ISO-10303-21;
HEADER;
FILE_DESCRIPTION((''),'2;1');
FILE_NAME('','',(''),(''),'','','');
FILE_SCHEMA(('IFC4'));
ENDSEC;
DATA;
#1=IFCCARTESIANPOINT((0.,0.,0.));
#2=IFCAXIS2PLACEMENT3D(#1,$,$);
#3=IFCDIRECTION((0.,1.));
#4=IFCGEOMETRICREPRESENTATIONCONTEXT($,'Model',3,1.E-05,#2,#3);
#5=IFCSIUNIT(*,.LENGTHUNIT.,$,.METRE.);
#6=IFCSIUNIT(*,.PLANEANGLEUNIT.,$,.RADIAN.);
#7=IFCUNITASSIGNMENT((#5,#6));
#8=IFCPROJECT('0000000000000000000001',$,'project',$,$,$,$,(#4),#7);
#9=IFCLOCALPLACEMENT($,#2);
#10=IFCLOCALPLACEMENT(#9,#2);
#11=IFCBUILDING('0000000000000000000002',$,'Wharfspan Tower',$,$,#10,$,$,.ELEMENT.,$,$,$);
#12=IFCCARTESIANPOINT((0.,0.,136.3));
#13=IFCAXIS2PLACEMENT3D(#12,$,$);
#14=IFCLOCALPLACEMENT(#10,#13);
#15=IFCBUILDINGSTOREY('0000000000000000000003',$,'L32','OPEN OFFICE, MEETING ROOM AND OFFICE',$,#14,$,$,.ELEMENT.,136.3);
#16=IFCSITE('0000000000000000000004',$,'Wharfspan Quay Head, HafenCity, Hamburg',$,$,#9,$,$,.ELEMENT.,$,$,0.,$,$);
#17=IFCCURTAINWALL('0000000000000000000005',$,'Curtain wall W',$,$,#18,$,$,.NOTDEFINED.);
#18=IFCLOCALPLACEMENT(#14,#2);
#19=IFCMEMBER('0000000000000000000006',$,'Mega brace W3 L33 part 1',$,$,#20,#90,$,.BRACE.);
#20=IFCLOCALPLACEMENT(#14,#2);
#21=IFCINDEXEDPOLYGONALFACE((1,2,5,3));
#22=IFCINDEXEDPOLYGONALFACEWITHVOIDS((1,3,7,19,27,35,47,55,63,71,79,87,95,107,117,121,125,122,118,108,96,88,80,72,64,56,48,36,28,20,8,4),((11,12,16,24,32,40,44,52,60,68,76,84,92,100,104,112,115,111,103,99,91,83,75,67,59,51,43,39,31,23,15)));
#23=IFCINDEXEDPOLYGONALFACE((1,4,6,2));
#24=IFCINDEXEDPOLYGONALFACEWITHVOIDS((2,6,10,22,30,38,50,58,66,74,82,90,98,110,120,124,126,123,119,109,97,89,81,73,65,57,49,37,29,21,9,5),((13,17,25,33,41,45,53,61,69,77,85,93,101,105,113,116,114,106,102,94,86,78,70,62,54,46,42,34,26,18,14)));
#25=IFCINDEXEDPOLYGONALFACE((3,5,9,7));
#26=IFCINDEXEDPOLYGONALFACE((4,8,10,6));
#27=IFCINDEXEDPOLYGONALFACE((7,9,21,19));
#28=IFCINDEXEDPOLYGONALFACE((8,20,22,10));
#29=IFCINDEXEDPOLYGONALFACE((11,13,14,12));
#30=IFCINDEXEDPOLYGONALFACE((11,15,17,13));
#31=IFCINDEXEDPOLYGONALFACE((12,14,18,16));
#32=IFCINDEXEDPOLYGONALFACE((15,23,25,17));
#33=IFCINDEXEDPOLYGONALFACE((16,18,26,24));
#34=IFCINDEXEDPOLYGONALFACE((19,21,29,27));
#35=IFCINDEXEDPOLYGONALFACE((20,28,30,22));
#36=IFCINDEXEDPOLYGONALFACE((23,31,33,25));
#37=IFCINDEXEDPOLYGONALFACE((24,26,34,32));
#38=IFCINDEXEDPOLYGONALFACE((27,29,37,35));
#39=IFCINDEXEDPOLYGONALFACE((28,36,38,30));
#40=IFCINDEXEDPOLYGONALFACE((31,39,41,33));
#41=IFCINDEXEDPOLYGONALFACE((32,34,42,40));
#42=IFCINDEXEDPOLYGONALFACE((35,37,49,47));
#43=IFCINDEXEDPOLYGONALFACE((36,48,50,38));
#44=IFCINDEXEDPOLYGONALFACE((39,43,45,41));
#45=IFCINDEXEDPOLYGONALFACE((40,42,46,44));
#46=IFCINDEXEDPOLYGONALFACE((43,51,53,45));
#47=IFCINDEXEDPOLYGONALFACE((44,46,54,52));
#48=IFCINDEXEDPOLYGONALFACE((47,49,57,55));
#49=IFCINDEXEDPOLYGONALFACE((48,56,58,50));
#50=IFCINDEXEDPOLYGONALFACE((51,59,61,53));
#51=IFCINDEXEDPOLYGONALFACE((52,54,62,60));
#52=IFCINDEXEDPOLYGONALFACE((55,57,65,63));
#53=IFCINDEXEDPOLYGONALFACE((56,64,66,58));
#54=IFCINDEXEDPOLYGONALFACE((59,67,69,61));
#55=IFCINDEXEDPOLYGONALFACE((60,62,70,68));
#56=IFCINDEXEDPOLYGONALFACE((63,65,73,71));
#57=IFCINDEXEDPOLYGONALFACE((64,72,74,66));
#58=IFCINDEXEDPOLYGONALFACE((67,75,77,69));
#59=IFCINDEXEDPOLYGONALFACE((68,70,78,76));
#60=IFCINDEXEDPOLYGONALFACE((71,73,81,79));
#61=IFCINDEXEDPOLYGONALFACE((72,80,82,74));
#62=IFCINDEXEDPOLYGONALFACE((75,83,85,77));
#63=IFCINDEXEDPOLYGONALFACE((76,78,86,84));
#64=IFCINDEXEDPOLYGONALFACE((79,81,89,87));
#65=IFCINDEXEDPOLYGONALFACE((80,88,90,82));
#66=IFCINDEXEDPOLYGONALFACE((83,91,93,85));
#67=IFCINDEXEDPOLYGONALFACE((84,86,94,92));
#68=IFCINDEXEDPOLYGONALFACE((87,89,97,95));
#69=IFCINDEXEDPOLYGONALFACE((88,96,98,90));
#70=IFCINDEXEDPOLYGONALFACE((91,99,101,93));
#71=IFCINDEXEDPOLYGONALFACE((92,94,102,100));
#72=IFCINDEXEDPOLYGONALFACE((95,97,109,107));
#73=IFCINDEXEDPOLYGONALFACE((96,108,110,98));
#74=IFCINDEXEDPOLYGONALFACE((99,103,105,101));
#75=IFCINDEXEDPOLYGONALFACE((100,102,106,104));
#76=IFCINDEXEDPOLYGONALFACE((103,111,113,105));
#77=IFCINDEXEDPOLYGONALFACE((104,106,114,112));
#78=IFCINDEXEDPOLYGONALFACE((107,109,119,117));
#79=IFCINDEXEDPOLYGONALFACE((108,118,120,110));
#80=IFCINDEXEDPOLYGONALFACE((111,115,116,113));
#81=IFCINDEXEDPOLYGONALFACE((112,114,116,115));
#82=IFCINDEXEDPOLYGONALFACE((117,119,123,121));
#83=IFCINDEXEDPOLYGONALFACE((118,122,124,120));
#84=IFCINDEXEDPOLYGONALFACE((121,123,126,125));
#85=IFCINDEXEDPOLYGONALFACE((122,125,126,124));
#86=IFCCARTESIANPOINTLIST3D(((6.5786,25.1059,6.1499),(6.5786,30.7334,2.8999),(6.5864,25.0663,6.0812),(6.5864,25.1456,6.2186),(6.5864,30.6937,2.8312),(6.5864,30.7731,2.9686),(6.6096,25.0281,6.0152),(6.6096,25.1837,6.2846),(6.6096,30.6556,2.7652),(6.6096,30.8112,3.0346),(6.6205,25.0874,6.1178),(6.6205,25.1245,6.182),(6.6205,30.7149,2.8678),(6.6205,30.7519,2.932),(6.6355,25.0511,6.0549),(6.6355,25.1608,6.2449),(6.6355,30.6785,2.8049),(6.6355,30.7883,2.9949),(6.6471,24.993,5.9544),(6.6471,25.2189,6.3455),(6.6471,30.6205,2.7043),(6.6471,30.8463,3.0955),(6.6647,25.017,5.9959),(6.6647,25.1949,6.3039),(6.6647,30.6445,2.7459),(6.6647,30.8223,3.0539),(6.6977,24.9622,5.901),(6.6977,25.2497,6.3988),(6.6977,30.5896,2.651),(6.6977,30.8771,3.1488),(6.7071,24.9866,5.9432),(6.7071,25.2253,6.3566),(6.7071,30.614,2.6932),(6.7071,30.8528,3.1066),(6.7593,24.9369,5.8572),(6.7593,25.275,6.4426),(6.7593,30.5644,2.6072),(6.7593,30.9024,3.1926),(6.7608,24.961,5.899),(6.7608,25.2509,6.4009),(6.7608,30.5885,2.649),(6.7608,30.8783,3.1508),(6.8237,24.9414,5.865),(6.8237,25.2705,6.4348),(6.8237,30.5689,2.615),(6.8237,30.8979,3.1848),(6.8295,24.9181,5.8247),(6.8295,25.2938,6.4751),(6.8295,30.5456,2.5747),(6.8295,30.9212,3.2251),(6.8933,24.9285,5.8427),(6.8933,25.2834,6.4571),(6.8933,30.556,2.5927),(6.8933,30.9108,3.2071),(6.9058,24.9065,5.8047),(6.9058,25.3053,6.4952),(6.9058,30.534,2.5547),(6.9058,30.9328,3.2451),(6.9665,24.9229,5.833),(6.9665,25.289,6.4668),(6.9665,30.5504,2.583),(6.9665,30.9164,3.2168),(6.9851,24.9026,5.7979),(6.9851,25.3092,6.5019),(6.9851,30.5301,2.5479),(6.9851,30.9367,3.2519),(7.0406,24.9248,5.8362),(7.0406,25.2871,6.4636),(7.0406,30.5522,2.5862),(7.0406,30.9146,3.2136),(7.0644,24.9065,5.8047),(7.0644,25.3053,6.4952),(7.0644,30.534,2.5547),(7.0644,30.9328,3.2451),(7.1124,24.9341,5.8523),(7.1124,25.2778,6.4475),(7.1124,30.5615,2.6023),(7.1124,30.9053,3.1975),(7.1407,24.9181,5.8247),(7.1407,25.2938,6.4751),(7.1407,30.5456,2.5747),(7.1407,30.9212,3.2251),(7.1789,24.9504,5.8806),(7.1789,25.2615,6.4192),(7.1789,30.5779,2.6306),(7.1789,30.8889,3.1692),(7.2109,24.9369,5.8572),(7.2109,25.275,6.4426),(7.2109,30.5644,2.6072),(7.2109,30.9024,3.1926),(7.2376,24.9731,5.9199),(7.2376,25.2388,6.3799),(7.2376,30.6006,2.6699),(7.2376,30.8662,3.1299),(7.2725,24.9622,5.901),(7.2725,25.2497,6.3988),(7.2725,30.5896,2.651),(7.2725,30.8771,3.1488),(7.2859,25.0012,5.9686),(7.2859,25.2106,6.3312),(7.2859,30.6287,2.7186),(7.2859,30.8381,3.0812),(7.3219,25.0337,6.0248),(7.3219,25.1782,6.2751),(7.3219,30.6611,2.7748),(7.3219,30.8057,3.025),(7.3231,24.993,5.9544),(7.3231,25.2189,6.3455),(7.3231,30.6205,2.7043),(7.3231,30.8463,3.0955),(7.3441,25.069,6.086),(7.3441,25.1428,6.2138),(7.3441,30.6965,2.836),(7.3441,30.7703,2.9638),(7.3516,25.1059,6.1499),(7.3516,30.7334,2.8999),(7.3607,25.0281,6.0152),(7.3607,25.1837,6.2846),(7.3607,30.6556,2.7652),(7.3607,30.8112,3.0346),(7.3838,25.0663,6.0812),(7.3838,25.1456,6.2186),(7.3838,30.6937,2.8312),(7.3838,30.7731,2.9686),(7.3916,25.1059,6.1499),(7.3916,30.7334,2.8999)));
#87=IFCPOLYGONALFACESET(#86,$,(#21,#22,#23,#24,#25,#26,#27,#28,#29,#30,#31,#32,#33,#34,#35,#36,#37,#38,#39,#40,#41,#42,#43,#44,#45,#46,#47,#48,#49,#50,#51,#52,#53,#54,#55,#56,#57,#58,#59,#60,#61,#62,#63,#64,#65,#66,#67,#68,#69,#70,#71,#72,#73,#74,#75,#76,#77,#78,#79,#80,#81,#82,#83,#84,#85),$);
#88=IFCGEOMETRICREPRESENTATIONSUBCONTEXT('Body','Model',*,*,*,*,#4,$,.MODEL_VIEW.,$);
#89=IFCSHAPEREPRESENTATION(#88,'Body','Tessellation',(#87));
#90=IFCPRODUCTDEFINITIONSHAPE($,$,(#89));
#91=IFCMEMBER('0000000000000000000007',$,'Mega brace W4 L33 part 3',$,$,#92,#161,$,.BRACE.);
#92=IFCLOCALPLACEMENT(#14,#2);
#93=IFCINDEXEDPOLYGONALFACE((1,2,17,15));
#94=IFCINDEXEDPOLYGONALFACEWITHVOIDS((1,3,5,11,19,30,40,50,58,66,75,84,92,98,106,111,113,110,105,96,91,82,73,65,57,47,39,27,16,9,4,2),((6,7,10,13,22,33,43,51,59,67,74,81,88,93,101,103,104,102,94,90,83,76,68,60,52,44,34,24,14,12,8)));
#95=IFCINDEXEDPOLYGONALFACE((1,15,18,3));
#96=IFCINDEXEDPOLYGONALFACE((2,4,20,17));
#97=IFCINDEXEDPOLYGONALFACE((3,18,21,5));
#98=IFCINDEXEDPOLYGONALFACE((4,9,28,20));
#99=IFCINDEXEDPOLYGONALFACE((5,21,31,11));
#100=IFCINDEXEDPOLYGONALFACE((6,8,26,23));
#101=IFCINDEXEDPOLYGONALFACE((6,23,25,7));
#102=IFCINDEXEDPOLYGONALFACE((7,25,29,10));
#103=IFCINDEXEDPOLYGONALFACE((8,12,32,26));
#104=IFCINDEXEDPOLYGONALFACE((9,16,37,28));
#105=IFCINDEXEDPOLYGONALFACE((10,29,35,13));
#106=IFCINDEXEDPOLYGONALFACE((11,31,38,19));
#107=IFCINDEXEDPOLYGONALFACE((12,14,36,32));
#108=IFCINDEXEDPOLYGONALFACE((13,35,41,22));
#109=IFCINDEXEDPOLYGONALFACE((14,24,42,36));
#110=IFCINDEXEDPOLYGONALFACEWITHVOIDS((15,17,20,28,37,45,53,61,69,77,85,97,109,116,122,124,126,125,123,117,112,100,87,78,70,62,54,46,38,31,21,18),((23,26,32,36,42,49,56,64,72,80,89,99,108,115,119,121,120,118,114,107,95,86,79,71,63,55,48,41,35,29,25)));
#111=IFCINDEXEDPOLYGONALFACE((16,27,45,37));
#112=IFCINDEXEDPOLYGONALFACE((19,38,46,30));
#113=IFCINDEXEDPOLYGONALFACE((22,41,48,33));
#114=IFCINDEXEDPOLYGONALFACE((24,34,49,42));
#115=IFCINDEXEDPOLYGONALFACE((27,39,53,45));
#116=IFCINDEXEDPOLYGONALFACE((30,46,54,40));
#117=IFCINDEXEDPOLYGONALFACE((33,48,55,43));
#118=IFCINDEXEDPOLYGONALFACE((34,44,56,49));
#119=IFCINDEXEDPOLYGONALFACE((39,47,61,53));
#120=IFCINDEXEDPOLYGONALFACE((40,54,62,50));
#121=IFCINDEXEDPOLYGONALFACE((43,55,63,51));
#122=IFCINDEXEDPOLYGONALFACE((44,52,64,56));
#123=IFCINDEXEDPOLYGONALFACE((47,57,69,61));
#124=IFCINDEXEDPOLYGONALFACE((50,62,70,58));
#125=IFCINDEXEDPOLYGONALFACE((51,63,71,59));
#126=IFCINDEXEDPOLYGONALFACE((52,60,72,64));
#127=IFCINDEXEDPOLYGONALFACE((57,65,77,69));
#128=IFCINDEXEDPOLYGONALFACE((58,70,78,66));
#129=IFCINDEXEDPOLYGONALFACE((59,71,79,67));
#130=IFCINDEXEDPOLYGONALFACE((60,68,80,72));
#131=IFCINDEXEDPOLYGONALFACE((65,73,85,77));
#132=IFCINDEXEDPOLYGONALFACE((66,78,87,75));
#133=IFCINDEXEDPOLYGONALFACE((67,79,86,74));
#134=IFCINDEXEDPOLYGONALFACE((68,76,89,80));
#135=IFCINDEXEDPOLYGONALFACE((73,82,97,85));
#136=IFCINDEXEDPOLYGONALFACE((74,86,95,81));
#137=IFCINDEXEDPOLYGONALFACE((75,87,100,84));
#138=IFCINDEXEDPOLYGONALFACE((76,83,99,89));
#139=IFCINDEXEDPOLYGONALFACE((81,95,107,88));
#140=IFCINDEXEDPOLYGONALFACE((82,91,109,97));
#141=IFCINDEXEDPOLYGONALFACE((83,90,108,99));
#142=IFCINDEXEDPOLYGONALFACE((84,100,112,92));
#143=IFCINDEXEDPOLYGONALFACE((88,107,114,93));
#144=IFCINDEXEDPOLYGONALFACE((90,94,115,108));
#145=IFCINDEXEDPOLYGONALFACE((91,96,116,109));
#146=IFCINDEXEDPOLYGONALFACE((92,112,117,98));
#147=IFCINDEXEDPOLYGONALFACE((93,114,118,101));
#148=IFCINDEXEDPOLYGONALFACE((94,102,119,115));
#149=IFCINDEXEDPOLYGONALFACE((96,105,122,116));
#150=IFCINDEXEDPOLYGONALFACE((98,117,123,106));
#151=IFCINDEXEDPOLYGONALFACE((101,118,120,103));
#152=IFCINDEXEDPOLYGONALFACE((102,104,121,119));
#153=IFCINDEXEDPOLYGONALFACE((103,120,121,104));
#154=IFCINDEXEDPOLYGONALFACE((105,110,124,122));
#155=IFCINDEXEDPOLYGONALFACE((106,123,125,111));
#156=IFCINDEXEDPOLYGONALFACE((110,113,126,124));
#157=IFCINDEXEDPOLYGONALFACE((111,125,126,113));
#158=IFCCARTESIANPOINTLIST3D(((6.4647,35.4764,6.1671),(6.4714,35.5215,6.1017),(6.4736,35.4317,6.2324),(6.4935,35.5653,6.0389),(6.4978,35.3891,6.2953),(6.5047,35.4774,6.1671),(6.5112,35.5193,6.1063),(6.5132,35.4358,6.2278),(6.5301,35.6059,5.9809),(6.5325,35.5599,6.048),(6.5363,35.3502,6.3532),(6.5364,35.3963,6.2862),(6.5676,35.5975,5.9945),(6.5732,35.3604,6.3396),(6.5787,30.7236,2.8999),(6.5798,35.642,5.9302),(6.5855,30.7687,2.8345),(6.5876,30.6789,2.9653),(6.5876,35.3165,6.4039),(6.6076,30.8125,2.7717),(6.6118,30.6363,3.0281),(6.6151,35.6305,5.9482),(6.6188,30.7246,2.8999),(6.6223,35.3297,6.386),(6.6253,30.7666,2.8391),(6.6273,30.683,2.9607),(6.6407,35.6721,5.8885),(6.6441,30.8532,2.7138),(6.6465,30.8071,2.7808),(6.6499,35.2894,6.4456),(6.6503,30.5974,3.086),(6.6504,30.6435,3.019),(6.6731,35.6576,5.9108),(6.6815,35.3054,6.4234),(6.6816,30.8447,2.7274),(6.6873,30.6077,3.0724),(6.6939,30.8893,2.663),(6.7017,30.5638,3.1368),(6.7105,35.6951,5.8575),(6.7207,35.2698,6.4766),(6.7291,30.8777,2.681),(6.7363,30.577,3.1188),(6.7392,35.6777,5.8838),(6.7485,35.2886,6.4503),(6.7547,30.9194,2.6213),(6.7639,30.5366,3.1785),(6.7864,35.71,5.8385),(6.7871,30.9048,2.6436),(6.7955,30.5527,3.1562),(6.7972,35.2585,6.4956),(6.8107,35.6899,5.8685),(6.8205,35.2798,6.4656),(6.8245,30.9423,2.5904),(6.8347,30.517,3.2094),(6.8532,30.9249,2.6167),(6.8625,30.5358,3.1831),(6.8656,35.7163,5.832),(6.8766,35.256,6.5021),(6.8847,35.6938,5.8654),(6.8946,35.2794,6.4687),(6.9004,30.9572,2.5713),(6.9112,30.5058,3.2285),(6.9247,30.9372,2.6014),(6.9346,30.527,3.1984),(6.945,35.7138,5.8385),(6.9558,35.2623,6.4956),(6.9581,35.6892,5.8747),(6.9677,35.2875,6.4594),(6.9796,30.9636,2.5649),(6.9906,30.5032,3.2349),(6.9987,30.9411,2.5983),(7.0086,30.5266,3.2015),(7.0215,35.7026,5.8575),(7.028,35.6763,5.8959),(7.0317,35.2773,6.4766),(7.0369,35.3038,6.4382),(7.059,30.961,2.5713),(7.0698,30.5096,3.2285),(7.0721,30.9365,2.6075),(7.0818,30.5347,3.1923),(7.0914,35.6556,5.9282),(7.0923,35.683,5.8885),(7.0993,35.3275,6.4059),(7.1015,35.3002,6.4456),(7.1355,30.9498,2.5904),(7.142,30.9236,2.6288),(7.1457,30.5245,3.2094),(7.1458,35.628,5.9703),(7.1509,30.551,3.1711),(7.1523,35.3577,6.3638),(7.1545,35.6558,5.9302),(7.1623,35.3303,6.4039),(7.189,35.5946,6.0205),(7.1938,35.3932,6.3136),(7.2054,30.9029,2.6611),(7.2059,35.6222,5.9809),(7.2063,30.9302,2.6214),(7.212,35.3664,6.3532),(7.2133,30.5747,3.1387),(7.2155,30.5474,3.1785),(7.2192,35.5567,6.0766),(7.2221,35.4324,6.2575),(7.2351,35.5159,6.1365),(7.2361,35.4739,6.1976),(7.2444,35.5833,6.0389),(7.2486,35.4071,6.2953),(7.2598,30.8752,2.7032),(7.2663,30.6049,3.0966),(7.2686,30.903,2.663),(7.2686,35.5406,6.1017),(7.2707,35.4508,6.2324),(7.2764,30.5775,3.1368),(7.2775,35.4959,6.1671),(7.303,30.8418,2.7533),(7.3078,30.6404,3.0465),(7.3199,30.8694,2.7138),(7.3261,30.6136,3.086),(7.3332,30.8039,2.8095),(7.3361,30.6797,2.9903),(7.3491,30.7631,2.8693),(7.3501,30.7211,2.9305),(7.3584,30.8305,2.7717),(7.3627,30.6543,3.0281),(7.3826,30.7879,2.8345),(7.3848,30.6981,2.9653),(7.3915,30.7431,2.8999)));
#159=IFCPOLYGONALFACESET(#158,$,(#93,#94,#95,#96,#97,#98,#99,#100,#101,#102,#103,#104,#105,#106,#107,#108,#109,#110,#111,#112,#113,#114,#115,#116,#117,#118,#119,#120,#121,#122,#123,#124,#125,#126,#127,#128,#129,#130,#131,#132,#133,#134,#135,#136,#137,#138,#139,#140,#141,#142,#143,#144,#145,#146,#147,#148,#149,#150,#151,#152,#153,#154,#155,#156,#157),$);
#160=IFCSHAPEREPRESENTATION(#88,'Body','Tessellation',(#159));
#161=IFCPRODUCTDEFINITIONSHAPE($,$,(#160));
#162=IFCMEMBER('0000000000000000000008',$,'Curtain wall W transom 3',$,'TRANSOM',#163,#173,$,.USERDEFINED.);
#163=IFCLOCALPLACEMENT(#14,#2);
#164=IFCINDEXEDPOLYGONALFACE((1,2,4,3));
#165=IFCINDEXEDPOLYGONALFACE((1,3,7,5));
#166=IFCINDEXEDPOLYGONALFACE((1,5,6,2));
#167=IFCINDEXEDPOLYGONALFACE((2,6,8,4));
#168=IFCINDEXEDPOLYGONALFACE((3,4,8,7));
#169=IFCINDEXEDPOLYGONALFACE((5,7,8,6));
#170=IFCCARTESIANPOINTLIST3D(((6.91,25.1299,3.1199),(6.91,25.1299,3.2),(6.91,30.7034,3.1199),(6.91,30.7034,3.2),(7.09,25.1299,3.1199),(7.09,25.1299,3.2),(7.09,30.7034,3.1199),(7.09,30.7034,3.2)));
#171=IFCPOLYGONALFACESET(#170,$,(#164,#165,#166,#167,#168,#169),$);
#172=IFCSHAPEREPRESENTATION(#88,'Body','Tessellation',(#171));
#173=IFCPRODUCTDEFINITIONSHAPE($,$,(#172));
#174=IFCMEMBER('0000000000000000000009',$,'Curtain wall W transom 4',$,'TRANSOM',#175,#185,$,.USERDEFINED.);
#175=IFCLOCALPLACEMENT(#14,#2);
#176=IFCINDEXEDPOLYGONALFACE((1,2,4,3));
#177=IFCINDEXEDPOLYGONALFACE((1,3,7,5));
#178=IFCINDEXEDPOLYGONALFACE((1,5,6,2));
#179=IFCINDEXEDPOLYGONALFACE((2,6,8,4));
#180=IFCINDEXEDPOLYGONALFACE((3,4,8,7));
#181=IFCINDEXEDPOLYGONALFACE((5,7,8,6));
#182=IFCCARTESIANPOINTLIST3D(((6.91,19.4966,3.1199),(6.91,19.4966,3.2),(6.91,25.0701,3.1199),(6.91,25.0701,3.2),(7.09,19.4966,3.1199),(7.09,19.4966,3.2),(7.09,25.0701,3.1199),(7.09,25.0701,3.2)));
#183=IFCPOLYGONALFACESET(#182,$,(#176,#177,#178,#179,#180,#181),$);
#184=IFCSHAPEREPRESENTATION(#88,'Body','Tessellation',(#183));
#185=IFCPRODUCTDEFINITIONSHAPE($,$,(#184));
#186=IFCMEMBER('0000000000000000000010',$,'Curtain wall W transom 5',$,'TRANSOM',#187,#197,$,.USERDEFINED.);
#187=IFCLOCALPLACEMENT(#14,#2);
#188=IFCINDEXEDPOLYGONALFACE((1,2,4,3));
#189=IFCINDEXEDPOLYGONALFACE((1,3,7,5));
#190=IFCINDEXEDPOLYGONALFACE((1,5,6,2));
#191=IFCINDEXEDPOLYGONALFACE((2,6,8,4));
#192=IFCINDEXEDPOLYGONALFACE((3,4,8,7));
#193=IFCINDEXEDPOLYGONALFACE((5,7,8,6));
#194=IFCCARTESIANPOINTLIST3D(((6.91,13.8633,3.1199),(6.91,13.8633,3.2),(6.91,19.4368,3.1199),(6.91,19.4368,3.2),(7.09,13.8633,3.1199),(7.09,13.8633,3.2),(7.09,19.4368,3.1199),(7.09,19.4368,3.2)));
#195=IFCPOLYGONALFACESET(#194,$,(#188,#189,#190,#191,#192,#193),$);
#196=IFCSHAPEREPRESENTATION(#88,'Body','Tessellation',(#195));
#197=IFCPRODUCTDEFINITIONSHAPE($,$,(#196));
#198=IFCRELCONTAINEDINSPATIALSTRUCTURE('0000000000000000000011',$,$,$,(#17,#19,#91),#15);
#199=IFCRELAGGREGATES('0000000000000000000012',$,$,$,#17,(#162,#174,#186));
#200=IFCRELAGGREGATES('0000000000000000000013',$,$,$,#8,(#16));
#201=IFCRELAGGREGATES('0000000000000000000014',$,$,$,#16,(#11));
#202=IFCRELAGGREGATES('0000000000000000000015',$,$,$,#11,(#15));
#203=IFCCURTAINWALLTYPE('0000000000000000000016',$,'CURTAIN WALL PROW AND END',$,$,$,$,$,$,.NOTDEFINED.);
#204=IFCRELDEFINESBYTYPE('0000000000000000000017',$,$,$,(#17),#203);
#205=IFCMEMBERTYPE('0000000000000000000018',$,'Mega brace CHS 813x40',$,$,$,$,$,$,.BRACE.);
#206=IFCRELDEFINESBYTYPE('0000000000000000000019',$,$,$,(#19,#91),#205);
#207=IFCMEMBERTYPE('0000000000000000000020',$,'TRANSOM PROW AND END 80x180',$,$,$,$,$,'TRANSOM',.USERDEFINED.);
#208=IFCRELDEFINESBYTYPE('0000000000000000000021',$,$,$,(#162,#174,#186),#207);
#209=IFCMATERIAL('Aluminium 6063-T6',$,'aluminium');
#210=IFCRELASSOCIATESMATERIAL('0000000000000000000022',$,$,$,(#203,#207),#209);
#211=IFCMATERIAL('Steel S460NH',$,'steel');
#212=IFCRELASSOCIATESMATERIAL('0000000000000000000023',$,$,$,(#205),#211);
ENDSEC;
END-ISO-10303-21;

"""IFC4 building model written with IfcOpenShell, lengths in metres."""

from ifc_helpers import new_model, si_unit, direction, frame, origin, origin_2d, place, context, subcontext, project, spatial, rectangle, hollow_circle, extrude, material, material_profile, profile_set, type_object, element, aggregate, save


model = new_model("IFC4")

# Units and contexts
model_context = context("Model", 3, precision=1e-05, world=origin(), true_north=direction((0.0, 1.0)))
body_context = subcontext(model_context, "Body", "Model", "MODEL_VIEW")
ifc_project = project(units=[si_unit("LENGTHUNIT", "METRE"), si_unit("PLANEANGLEUNIT", "RADIAN")], contexts=[model_context])

# Site, building, storey
site_placement = place(None, origin())
site = spatial("IfcSite", under=ifc_project, at=site_placement, Name="Wharfspan Quay Head, HafenCity, Hamburg", CompositionType="ELEMENT", RefElevation=0.0)
building_placement = place(site_placement, origin())
building = spatial("IfcBuilding", under=site, at=building_placement, Name="Wharfspan Tower", CompositionType="ELEMENT")
storey_placement = place(building_placement, frame((0.0, 0.0, 136.3)))
storey = spatial("IfcBuildingStorey", under=building, at=storey_placement, Name="L32", Description="OPEN OFFICE, MEETING ROOM AND OFFICE", CompositionType="ELEMENT", Elevation=136.3)

# Curtain wall
ifc_material_1 = material(Name="Aluminium 6063-T6", Category="aluminium")
curtain_wall_type = type_object("IfcCurtainWallType", Name="CURTAIN WALL PROW AND END", PredefinedType="NOTDEFINED", material=ifc_material_1)
curtain_wall_placement = place(storey_placement, origin())
curtain_wall = element("IfcCurtainWall", 1, at=curtain_wall_placement, inside=storey, type_object=curtain_wall_type, Name="Curtain wall W", PredefinedType="NOTDEFINED")

# Members
ifc_material_2 = material(Name="Steel S460NH", Category="steel")
ifc_material_profile_1 = material_profile(ifc_material_2, hollow_circle(Radius=0.4065, WallThickness=0.04, at=origin_2d()))
ifc_profile_set_1 = profile_set([ifc_material_profile_1], Name="Steel S460NH")
member_type_1 = type_object("IfcMemberType", Name="Mega brace CHS 813x40", PredefinedType="BRACE", material=ifc_profile_set_1)
member_1_placement = place(storey_placement, frame((6.9851, 30.7334, 2.8999), z_axis=(0.0, -0.865959, 0.500115), x_axis=(1.0, 0.0, 0.0)))
element("IfcMember", 2, at=member_1_placement, inside=storey, type_object=member_type_1, Name="Mega brace W3 L33 part 1", PredefinedType="BRACE", context=body_context, shape_type="SweptSolid", body=[
    extrude(hollow_circle(Radius=0.4065, WallThickness=0.04, at=origin_2d()), origin(), (0.0, 0.0, 1.0), 6.4985),
])
member_2_placement = place(storey_placement, frame((6.9851, 30.7334, 2.8999), z_axis=(-0.019765, 0.823912, 0.566373), x_axis=(-0.999715, -0.023981, -0.000002)))
element("IfcMember", 3, at=member_2_placement, inside=storey, type_object=member_type_1, Name="Mega brace W4 L33 part 3", PredefinedType="BRACE", context=body_context, shape_type="SweptSolid", body=[
    extrude(hollow_circle(Radius=0.4065, WallThickness=0.04, at=origin_2d()), origin(), (0.0, 0.0, 1.0), 5.7686),
])

# Members
ifc_material_profile_2 = material_profile(ifc_material_1, rectangle(XDim=0.1799, YDim=0.0801, at=origin_2d()))
ifc_profile_set_2 = profile_set([ifc_material_profile_2], Name="Aluminium 6063-T6")
member_type_2 = type_object("IfcMemberType", Name="TRANSOM PROW AND END 80x180", ElementType="TRANSOM", PredefinedType="USERDEFINED", material=ifc_profile_set_2)
member_3_placement = place(storey_placement, frame((7.0, 30.7034, 3.1599), z_axis=(0.0, -1.0, 0.0), x_axis=(1.0, 0.0, 0.0)))
member_3 = element("IfcMember", 4, at=member_3_placement, type_object=member_type_2, Name="Curtain wall W transom 3", ObjectType="TRANSOM", PredefinedType="USERDEFINED", context=body_context, shape_type="SweptSolid", body=[
    extrude(rectangle(XDim=0.1799, YDim=0.0801, at=origin_2d()), origin(), (0.0, 0.0, 1.0), 5.5735),
])
member_4_placement = place(storey_placement, frame((7.0, 25.0701, 3.1599), z_axis=(0.0, -1.0, 0.0), x_axis=(1.0, 0.0, 0.0)))
member_4 = element("IfcMember", 5, at=member_4_placement, type_object=member_type_2, Name="Curtain wall W transom 4", ObjectType="TRANSOM", PredefinedType="USERDEFINED", context=body_context, shape_type="SweptSolid", body=[
    extrude(rectangle(XDim=0.1799, YDim=0.0801, at=origin_2d()), origin(), (0.0, 0.0, 1.0), 5.5735),
])
member_5_placement = place(storey_placement, frame((7.0, 19.4368, 3.1599), z_axis=(0.0, -1.0, 0.0), x_axis=(1.0, 0.0, 0.0)))
member_5 = element("IfcMember", 6, at=member_5_placement, type_object=member_type_2, Name="Curtain wall W transom 5", ObjectType="TRANSOM", PredefinedType="USERDEFINED", context=body_context, shape_type="SweptSolid", body=[
    extrude(rectangle(XDim=0.1799, YDim=0.0801, at=origin_2d()), origin(), (0.0, 0.0, 1.0), 5.5735),
])

aggregate(curtain_wall, [member_3, member_4, member_5])

save(model, "model.ifc")
